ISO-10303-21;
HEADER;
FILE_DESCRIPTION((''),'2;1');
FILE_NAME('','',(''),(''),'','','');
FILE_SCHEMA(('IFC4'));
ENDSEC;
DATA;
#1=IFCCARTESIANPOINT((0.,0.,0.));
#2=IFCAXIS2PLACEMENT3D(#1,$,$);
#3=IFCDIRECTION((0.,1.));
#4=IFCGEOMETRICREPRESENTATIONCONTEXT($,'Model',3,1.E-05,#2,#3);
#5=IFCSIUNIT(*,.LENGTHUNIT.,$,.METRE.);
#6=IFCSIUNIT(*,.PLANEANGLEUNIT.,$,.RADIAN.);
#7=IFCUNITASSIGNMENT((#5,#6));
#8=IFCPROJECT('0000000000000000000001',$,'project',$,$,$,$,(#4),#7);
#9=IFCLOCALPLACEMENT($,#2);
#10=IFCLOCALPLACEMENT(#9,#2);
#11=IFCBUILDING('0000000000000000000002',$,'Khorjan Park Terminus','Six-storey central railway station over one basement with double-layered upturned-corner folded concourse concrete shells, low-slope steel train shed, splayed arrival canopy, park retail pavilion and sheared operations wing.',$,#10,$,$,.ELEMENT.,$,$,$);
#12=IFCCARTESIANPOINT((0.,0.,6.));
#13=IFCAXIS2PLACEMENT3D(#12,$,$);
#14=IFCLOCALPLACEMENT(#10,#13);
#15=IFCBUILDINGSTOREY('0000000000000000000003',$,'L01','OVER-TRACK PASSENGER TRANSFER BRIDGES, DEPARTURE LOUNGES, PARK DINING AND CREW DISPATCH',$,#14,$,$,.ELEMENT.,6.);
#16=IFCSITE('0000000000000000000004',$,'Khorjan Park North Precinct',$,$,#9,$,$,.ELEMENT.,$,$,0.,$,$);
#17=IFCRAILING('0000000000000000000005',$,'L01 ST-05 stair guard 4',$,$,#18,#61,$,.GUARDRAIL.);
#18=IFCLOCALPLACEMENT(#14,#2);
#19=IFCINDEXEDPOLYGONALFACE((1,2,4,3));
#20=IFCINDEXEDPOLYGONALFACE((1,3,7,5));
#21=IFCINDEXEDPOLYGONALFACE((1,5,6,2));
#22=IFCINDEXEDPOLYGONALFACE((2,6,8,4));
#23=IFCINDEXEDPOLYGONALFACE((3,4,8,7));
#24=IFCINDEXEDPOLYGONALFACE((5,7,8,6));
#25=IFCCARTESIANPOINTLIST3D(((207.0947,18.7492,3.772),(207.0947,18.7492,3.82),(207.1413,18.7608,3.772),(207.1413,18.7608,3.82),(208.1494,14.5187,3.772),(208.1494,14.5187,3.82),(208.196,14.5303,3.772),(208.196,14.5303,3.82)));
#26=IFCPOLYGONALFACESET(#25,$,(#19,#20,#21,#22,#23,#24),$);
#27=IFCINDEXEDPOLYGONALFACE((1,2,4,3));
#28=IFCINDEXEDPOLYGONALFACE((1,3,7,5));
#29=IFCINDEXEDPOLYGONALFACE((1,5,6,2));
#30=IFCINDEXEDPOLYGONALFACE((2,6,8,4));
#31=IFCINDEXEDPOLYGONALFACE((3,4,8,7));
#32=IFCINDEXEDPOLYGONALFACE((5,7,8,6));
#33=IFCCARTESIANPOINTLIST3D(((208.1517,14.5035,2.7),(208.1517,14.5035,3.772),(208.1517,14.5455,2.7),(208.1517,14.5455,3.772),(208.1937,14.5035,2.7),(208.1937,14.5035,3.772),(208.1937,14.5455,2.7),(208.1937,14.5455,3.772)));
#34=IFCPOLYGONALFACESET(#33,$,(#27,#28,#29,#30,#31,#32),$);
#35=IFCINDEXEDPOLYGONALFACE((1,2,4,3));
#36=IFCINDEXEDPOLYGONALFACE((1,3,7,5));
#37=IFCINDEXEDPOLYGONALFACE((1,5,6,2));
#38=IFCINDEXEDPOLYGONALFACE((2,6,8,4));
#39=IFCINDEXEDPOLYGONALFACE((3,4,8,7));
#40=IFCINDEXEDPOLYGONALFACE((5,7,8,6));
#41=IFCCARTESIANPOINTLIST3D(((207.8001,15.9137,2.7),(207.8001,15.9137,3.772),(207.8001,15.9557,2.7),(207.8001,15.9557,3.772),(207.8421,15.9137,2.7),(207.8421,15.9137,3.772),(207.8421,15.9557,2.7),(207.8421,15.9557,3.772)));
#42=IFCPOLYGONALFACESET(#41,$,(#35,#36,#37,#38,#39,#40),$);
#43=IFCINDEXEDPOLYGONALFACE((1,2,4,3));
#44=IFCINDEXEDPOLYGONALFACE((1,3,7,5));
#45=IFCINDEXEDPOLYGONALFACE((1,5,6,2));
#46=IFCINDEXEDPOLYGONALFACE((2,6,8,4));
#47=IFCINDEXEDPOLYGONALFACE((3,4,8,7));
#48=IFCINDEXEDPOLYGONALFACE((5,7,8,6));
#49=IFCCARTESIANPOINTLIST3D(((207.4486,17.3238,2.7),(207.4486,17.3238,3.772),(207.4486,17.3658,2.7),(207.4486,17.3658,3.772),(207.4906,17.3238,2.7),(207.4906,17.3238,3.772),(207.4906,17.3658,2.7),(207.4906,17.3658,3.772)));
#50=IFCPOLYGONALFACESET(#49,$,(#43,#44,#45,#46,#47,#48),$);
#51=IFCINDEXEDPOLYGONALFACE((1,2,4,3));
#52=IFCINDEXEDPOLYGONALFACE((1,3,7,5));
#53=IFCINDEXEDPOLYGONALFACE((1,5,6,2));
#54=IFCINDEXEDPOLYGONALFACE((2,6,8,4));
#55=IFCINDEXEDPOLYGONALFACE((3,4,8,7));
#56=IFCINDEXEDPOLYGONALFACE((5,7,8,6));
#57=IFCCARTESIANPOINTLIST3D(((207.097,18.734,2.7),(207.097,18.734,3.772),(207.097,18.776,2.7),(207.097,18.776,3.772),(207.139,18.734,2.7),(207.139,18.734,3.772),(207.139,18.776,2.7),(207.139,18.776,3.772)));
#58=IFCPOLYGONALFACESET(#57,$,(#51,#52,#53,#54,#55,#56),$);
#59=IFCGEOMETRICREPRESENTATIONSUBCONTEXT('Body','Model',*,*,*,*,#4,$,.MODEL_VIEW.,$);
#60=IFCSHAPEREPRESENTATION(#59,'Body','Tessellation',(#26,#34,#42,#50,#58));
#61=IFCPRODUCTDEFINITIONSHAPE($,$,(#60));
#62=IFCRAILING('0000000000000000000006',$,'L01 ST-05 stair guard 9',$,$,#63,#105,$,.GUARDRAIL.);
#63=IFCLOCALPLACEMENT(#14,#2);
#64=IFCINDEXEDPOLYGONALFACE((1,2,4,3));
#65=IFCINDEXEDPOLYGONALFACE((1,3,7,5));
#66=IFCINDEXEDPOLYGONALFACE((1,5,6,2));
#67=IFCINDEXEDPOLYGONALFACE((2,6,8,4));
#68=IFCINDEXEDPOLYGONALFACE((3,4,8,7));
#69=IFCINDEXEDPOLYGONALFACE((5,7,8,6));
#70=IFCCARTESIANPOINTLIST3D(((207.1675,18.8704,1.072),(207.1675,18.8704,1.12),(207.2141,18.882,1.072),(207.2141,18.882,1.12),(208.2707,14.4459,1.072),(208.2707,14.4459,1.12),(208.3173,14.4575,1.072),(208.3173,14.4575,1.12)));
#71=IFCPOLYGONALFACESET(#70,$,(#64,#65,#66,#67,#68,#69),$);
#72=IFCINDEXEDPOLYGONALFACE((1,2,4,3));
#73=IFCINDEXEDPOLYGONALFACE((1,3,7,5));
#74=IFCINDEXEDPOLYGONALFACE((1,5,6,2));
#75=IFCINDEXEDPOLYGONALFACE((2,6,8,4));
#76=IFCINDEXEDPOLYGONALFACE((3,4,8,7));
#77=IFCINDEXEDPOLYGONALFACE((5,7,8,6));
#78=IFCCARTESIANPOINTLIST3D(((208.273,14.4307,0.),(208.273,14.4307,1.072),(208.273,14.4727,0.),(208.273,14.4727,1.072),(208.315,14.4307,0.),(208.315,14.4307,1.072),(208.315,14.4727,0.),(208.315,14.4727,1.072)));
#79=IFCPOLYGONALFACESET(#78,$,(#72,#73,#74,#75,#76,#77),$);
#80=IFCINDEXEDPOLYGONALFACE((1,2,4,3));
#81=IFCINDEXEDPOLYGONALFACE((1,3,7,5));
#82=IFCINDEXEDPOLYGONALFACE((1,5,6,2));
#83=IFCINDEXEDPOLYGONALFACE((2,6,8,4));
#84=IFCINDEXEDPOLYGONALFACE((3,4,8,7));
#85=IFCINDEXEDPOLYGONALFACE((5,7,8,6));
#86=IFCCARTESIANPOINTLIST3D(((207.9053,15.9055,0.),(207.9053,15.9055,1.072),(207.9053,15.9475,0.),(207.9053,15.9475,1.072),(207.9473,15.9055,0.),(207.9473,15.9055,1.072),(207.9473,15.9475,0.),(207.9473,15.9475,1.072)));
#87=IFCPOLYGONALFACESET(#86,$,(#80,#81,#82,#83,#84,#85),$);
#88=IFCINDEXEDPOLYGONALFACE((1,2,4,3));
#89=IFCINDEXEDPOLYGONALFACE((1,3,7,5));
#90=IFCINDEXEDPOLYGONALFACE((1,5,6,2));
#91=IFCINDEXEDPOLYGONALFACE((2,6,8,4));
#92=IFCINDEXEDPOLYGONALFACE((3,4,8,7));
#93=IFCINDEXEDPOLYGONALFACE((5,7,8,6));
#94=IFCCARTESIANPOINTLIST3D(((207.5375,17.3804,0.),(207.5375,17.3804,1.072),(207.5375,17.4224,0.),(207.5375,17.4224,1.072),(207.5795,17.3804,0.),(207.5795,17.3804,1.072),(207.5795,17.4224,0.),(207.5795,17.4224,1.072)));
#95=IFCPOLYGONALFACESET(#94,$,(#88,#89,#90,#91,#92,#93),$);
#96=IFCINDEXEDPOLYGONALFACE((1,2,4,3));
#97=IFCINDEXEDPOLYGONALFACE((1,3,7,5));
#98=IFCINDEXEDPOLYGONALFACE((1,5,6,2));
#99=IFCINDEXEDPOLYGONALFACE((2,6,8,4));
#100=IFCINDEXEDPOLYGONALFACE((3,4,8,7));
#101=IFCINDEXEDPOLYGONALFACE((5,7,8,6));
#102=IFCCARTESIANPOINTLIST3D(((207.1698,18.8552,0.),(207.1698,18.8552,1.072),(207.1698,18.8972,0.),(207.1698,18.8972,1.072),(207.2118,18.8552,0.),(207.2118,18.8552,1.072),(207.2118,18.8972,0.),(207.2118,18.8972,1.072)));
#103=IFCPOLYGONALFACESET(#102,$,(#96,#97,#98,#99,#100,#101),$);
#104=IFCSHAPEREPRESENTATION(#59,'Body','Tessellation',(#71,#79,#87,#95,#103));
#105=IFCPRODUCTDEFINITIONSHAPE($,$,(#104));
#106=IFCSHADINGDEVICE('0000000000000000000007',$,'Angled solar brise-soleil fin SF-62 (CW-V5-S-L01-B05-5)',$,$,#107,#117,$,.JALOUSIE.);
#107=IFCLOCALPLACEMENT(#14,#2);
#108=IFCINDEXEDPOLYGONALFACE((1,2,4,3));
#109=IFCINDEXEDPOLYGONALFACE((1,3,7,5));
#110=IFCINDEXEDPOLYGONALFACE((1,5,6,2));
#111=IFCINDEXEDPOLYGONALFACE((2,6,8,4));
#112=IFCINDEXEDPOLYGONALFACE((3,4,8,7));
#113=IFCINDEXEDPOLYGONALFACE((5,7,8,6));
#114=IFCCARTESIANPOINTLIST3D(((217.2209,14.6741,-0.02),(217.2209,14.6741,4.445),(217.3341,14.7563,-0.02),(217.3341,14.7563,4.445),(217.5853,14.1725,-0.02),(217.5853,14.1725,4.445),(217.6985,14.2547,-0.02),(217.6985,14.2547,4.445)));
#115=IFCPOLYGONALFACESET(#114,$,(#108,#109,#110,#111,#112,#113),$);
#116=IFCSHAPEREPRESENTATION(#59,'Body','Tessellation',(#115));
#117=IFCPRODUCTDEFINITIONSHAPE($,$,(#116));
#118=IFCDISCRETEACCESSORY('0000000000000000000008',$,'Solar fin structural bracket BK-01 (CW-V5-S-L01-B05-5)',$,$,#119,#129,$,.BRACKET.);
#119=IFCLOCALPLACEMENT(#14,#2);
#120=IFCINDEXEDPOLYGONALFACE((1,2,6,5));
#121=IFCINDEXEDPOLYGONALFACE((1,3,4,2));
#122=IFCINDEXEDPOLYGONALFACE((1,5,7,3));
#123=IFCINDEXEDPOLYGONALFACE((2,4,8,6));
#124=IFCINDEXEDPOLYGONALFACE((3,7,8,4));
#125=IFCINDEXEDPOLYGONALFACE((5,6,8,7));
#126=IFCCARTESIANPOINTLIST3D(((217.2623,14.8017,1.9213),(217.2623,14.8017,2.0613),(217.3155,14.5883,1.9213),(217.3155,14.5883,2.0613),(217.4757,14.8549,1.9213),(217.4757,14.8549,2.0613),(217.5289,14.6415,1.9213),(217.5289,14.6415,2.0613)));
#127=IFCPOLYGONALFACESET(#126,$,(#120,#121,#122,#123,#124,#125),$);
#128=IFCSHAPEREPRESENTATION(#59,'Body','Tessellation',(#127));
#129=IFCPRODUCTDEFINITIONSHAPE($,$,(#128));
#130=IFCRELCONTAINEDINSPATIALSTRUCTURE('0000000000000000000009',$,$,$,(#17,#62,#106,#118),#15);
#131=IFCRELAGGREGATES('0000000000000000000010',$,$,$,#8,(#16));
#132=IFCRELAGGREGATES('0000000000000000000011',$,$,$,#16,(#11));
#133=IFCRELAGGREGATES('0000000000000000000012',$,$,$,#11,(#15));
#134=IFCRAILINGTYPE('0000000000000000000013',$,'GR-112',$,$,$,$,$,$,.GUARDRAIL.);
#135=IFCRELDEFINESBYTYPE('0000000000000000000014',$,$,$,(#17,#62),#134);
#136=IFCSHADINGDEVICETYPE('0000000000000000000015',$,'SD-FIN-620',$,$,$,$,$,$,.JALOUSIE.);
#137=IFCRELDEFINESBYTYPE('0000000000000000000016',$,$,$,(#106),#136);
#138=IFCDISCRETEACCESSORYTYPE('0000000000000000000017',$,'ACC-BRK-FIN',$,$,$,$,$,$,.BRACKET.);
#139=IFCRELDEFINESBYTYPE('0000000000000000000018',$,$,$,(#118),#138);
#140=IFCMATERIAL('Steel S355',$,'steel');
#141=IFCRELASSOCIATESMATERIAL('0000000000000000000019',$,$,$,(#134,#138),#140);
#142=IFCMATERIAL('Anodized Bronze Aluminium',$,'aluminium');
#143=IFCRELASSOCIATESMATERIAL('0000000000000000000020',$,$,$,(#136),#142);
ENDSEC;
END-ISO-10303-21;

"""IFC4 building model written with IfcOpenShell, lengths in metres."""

from ifc_helpers import new_model, si_unit, direction, frame, origin, origin_2d, place, context, subcontext, project, spatial, rectangle, extrude, material, type_object, element, save


model = new_model("IFC4")

# Units and contexts
model_context = context("Model", 3, precision=1e-05, world=origin(), true_north=direction((0.0, 1.0)))
body_context = subcontext(model_context, "Body", "Model", "MODEL_VIEW")
ifc_project = project(units=[si_unit("LENGTHUNIT", "METRE"), si_unit("PLANEANGLEUNIT", "RADIAN")], contexts=[model_context])

# Site, building, storey
site_placement = place(None, origin())
site = spatial("IfcSite", under=ifc_project, at=site_placement, Name="Khorjan Park North Precinct", CompositionType="ELEMENT", RefElevation=0.0)
building_placement = place(site_placement, origin())
building = spatial("IfcBuilding", under=site, at=building_placement, Name="Khorjan Park Terminus", Description="Six-storey central railway station over one basement with double-layered upturned-corner folded concourse concrete shells, low-slope steel train shed, splayed arrival canopy, park retail pavilion and sheared operations wing.", CompositionType="ELEMENT")
storey_placement = place(building_placement, frame((0.0, 0.0, 6.0)))
storey = spatial("IfcBuildingStorey", under=building, at=storey_placement, Name="L01", Description="OVER-TRACK PASSENGER TRANSFER BRIDGES, DEPARTURE LOUNGES, PARK DINING AND CREW DISPATCH", CompositionType="ELEMENT", Elevation=6.0)

# Shared definitions
ifc_material_1 = material(Name="Anodized Bronze Aluminium", Category="aluminium")

# Railings
ifc_material_2 = material(Name="Steel S355", Category="steel")
railing_type = type_object("IfcRailingType", Name="GR-112", PredefinedType="GUARDRAIL", material=ifc_material_2)
railing_1_placement = place(storey_placement, frame((208.1727, 14.5245, 2.7)))
element("IfcRailing", 1, at=railing_1_placement, inside=storey, type_object=railing_type, Name="L01 ST-05 stair guard 4", PredefinedType="GUARDRAIL", context=body_context, shape_type="SweptSolid", body=[
    extrude(rectangle(XDim=0.048, YDim=0.048, at=origin_2d()), frame((0.0, 0.0, 1.096), z_axis=(-0.241904, 0.9703, 0.0), x_axis=(-0.9703, -0.241904, 0.0)), (0.0, 0.0, 1.0), 4.36),
    extrude(rectangle(XDim=0.042, YDim=0.042, at=origin_2d()), origin(), (0.0, 0.0, 1.0), 1.072),
    extrude(rectangle(XDim=0.042, YDim=0.042, at=origin_2d()), frame((-0.3516, 1.4102, 0.0)), (0.0, 0.0, 1.0), 1.072),
    extrude(rectangle(XDim=0.042, YDim=0.042, at=origin_2d()), frame((-0.7031, 2.8203, 0.0)), (0.0, 0.0, 1.0), 1.072),
    extrude(rectangle(XDim=0.042, YDim=0.042, at=origin_2d()), frame((-1.0547, 4.2305, 0.0)), (0.0, 0.0, 1.0), 1.072),
])
railing_2_placement = place(storey_placement, frame((208.294, 14.4517, 0.0)))
element("IfcRailing", 2, at=railing_2_placement, inside=storey, type_object=railing_type, Name="L01 ST-05 stair guard 9", PredefinedType="GUARDRAIL", context=body_context, shape_type="SweptSolid", body=[
    extrude(rectangle(XDim=0.048, YDim=0.048, at=origin_2d()), frame((0.0, 0.0, 1.096), z_axis=(-0.241932, 0.970293, 0.0), x_axis=(-0.970293, -0.241932, 0.0)), (0.0, 0.0, 1.0), 4.56),
    extrude(rectangle(XDim=0.042, YDim=0.042, at=origin_2d()), origin(), (0.0, 0.0, 1.0), 1.072),
    extrude(rectangle(XDim=0.042, YDim=0.042, at=origin_2d()), frame((-0.3677, 1.4748, 0.0)), (0.0, 0.0, 1.0), 1.072),
    extrude(rectangle(XDim=0.042, YDim=0.042, at=origin_2d()), frame((-0.7355, 2.9497, 0.0)), (0.0, 0.0, 1.0), 1.072),
    extrude(rectangle(XDim=0.042, YDim=0.042, at=origin_2d()), frame((-1.1032, 4.4245, 0.0)), (0.0, 0.0, 1.0), 1.072),
])

# Shading device
shading_device_type = type_object("IfcShadingDeviceType", Name="SD-FIN-620", PredefinedType="JALOUSIE", material=ifc_material_1)
shading_device_placement = place(storey_placement, frame((217.4597, 14.4644, -0.02), z_axis=(0.0, 0.0, 1.0), x_axis=(-0.587785, 0.809017, 0.0)))
element("IfcShadingDevice", 3, at=shading_device_placement, inside=storey, type_object=shading_device_type, Name="Angled solar brise-soleil fin SF-62 (CW-V5-S-L01-B05-5)", PredefinedType="JALOUSIE", context=body_context, shape_type="SweptSolid", body=[
    extrude(rectangle(XDim=0.62, YDim=0.14, at=origin_2d()), origin(), (0.0, 0.0, 1.0), 4.465),
])

# Discrete accessory
discrete_accessory_type = type_object("IfcDiscreteAccessoryType", Name="ACC-BRK-FIN", PredefinedType="BRACKET", material=ifc_material_2)
discrete_accessory_placement = place(storey_placement, frame((217.3956, 14.7216, 1.9213), z_axis=(0.0, 0.0, 1.0), x_axis=(0.970298, 0.241912, 0.0)))
element("IfcDiscreteAccessory", 4, at=discrete_accessory_placement, inside=storey, type_object=discrete_accessory_type, Name="Solar fin structural bracket BK-01 (CW-V5-S-L01-B05-5)", PredefinedType="BRACKET", context=body_context, shape_type="SweptSolid", body=[
    extrude(rectangle(XDim=0.22, YDim=0.22, at=origin_2d()), origin(), (0.0, 0.0, 1.0), 0.14),
])

save(model, "model.ifc")
